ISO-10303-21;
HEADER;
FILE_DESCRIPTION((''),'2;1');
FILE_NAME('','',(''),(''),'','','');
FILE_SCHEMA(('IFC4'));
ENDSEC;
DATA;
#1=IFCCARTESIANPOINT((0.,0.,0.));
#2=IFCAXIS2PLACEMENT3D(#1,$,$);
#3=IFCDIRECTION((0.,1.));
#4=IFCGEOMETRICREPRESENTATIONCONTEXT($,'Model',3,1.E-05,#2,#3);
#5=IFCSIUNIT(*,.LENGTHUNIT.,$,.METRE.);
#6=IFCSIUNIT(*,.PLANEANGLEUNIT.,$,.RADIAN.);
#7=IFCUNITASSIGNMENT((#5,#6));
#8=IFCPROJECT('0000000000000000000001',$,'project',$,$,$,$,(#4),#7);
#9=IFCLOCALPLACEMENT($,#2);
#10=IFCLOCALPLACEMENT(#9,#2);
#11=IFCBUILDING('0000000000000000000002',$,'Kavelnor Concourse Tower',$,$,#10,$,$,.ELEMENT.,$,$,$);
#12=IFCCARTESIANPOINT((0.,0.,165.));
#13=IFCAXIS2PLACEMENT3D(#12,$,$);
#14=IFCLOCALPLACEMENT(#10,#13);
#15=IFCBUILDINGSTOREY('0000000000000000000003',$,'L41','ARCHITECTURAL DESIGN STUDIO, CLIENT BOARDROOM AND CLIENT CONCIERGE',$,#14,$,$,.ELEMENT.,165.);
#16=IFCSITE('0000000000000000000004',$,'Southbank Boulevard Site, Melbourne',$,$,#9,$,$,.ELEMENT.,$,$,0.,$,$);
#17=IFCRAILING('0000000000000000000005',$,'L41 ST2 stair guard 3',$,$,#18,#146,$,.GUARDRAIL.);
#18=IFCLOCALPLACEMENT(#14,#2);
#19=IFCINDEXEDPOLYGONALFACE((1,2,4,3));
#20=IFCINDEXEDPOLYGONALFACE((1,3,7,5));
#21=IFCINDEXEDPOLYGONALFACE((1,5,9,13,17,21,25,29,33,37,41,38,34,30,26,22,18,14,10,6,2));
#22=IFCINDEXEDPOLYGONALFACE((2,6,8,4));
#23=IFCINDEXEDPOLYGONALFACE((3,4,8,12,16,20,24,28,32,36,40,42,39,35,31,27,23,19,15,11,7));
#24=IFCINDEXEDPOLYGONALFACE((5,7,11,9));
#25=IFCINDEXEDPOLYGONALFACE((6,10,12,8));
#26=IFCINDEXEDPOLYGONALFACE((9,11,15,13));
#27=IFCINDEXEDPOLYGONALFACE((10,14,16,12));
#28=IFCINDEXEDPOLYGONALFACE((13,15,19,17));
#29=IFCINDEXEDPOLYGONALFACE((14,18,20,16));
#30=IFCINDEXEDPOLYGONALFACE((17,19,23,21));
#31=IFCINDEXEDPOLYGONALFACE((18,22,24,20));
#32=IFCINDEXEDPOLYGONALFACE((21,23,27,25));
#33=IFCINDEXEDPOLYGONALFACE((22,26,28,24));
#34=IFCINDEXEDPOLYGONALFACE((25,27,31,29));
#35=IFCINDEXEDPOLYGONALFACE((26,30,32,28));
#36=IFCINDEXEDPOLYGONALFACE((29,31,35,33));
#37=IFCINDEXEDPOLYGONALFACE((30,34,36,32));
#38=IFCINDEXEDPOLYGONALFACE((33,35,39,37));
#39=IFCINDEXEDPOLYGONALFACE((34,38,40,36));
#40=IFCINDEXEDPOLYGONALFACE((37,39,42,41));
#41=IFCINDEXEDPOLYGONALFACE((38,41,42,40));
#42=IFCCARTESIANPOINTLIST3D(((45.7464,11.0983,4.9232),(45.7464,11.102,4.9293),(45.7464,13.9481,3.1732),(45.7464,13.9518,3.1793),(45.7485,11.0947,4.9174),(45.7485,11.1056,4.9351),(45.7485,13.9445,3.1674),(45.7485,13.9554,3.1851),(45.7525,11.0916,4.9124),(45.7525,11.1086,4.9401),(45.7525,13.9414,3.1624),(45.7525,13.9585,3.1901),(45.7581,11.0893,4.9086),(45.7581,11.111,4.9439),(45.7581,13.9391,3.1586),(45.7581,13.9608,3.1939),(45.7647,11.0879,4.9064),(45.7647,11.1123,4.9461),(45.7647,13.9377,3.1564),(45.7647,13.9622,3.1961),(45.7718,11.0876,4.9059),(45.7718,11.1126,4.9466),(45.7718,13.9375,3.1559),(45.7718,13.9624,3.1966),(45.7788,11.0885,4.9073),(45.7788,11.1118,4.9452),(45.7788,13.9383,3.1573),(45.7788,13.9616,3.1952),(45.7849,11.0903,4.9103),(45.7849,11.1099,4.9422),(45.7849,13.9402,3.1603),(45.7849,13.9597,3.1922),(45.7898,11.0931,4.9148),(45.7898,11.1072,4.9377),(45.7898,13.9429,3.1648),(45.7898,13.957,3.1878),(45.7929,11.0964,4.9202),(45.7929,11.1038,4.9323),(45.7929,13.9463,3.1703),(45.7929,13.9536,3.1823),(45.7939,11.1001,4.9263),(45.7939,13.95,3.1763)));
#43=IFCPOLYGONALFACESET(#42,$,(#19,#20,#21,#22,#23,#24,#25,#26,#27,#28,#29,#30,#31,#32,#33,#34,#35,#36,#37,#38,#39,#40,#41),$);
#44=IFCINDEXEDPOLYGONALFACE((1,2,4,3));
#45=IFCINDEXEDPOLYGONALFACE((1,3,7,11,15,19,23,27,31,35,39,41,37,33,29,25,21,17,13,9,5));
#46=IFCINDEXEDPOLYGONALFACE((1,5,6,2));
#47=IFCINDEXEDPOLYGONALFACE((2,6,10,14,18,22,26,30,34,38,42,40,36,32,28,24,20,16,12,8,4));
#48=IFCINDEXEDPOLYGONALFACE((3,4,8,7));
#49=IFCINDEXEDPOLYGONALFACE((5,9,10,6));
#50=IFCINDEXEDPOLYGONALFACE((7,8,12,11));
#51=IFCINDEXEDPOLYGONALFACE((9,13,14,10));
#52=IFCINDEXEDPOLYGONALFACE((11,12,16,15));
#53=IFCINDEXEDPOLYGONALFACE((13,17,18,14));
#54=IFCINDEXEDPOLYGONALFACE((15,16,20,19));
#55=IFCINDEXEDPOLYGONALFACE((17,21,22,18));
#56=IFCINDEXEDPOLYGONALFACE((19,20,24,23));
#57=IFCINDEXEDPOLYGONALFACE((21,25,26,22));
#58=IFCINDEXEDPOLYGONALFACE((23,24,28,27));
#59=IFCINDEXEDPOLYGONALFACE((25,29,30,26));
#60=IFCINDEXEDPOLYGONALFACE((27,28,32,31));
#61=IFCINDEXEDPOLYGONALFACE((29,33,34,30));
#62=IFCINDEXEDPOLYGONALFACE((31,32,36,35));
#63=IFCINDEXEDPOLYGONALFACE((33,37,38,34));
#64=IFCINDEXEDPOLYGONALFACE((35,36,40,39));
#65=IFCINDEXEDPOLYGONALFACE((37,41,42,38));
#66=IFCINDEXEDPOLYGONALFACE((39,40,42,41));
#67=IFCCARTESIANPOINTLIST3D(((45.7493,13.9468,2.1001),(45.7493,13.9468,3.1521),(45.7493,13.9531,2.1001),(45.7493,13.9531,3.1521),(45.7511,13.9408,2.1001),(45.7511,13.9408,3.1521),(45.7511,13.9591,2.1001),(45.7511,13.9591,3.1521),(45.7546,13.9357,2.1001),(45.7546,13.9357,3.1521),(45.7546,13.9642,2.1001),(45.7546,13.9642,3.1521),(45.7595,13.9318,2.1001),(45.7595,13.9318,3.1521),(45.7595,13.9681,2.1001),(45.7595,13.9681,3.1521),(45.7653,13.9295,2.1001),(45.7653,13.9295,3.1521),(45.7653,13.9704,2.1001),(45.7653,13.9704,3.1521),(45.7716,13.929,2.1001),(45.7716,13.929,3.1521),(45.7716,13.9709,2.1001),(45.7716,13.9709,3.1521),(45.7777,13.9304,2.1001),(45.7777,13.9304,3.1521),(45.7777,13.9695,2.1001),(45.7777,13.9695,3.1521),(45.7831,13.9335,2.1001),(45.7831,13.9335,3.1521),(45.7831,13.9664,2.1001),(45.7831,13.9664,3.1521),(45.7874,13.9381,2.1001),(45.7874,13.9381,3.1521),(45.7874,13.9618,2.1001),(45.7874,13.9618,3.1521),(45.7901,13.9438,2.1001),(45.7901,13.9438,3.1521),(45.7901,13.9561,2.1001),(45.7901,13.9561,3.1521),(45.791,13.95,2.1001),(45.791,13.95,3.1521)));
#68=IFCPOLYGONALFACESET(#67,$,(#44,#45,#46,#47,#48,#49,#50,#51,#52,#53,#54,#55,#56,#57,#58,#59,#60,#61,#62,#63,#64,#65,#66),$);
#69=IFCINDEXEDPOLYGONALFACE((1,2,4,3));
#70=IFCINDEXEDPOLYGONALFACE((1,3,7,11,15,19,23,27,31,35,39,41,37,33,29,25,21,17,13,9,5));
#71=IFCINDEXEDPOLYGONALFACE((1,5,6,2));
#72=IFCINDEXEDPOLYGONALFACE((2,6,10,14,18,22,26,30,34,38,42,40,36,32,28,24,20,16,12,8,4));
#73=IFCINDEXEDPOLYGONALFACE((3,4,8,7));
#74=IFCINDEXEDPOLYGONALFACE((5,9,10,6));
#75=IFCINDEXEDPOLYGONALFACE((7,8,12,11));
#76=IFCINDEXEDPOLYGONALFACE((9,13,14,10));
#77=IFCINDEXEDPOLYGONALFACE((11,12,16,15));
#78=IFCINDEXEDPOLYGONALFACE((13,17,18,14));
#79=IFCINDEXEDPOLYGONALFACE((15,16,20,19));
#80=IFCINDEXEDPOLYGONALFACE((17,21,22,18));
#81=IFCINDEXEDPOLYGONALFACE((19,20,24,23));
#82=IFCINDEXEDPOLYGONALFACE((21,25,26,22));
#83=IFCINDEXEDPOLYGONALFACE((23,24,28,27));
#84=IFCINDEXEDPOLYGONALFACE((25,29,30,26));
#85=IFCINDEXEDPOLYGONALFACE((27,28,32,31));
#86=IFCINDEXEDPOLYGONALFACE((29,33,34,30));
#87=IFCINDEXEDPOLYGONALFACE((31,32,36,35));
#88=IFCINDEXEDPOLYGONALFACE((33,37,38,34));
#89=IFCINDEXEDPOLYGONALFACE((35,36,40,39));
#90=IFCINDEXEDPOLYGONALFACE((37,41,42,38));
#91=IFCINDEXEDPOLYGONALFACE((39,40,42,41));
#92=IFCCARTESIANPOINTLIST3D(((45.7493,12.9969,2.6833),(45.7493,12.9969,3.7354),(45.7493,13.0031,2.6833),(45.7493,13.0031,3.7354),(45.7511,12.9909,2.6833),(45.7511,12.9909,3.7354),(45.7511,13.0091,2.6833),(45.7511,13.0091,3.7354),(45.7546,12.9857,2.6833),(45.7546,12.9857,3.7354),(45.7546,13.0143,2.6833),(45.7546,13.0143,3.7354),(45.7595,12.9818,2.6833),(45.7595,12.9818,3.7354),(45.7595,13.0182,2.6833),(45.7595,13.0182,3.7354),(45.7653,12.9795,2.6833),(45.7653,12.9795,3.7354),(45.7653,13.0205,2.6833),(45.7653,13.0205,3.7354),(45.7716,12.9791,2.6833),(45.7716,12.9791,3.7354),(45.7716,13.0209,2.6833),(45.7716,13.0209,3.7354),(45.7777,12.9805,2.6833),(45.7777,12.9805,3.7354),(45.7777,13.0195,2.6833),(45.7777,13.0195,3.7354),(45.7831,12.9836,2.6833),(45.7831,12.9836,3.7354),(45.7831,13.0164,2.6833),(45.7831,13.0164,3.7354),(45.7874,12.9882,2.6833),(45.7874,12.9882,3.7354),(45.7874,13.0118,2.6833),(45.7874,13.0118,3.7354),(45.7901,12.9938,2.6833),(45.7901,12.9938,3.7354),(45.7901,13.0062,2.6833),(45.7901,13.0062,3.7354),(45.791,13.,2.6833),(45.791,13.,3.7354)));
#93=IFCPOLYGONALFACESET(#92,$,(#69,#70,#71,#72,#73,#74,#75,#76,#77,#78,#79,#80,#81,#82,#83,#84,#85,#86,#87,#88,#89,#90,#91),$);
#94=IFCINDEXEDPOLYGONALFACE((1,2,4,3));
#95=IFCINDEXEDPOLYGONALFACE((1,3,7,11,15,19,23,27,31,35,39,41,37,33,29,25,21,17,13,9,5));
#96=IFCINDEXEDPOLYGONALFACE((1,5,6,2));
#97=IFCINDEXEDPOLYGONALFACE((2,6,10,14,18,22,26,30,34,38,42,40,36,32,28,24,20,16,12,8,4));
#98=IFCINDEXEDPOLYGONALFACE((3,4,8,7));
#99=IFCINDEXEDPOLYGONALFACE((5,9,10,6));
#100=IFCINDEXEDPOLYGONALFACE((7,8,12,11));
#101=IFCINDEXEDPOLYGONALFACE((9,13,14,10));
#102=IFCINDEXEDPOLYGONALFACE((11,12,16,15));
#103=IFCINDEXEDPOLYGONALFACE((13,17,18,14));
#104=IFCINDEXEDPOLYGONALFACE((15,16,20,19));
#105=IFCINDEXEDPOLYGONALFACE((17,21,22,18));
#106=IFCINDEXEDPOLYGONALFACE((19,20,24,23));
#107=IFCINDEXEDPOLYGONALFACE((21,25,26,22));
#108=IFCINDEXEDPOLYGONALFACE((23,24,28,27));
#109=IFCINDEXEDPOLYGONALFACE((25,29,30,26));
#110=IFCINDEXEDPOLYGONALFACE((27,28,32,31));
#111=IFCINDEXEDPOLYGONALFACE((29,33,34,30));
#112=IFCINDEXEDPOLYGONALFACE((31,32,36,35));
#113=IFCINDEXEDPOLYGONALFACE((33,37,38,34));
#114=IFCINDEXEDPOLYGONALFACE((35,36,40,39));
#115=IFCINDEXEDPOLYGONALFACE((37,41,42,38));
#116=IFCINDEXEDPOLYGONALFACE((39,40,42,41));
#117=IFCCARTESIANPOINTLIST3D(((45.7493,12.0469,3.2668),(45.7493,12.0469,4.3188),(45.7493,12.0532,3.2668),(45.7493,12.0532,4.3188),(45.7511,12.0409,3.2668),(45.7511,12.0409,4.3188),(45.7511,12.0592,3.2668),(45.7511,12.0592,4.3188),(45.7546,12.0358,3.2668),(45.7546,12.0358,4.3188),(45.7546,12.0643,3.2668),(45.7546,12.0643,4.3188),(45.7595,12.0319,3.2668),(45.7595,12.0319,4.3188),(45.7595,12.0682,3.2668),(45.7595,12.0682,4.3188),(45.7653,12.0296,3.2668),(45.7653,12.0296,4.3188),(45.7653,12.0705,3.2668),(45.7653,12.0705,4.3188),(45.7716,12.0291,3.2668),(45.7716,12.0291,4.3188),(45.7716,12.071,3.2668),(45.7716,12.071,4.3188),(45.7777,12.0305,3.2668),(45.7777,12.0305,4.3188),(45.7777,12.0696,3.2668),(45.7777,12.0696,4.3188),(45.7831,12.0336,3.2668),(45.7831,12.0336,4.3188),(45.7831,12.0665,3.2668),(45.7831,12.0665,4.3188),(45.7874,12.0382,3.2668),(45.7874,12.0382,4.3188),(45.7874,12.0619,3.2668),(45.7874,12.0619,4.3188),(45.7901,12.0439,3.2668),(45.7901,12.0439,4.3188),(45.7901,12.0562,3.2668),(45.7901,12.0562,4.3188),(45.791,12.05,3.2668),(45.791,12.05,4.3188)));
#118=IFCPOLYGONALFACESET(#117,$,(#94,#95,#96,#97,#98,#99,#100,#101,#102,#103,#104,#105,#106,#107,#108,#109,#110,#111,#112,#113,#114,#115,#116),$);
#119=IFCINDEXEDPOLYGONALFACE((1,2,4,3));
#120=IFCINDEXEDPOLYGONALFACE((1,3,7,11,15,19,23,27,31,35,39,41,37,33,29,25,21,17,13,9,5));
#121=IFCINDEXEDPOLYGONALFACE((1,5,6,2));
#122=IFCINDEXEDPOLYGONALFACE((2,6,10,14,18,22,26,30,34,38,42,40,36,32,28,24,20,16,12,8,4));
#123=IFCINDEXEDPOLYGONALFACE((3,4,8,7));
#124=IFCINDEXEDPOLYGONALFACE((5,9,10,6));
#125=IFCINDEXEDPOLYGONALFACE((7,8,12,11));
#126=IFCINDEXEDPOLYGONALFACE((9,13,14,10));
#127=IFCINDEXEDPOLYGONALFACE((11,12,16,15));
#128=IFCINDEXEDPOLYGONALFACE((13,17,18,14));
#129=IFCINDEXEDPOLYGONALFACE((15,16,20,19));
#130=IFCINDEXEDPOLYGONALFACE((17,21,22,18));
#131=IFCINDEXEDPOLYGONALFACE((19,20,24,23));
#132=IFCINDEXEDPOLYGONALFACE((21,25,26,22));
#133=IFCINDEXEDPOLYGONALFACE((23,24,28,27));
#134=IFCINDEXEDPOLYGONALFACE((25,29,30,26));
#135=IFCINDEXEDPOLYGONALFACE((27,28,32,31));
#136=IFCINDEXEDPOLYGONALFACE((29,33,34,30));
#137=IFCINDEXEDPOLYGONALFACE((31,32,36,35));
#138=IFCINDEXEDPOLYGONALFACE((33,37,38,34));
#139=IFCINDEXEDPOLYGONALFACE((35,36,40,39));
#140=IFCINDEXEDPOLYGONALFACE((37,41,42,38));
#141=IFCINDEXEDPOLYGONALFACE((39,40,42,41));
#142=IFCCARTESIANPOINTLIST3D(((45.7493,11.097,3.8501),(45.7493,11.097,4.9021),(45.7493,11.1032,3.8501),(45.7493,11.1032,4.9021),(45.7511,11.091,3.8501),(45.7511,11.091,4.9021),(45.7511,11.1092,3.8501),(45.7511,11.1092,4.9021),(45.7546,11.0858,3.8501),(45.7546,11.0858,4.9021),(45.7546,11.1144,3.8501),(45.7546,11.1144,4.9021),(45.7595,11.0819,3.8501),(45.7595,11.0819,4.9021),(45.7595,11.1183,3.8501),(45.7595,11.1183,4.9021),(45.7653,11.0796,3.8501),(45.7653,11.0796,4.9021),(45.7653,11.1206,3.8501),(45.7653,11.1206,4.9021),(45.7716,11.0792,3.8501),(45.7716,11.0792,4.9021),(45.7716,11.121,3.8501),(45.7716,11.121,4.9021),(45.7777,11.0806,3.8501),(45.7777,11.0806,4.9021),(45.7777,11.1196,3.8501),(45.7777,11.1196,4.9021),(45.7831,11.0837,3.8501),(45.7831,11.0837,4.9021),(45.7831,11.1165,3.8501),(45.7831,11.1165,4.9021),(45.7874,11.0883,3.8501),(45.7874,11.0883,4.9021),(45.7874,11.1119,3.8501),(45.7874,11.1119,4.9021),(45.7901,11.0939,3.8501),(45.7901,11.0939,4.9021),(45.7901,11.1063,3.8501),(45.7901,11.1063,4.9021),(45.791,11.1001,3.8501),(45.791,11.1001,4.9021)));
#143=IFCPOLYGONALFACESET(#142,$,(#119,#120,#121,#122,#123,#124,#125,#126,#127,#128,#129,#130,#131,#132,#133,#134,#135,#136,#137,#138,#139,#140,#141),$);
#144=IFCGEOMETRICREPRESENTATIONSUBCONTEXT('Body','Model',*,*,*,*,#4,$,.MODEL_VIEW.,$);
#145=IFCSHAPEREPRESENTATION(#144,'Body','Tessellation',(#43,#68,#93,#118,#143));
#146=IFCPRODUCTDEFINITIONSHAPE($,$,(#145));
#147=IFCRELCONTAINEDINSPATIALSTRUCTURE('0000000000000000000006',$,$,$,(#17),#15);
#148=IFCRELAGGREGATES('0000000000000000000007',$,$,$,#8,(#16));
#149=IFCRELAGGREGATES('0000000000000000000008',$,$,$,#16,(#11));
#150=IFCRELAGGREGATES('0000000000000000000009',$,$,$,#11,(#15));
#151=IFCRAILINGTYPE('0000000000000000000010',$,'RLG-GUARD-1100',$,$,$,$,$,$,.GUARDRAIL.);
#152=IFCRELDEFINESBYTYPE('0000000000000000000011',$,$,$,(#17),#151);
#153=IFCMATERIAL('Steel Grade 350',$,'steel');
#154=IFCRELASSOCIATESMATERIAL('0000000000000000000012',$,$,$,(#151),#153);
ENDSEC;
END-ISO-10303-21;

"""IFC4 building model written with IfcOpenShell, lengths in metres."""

from ifc_helpers import new_model, si_unit, direction, frame, origin, origin_2d, place, context, subcontext, project, spatial, circle, extrude, material, type_object, element, save


model = new_model("IFC4")

# Units and contexts
model_context = context("Model", 3, precision=1e-05, world=origin(), true_north=direction((0.0, 1.0)))
body_context = subcontext(model_context, "Body", "Model", "MODEL_VIEW")
ifc_project = project(units=[si_unit("LENGTHUNIT", "METRE"), si_unit("PLANEANGLEUNIT", "RADIAN")], contexts=[model_context])

# Site, building, storey
site_placement = place(None, origin())
site = spatial("IfcSite", under=ifc_project, at=site_placement, Name="Southbank Boulevard Site, Melbourne", CompositionType="ELEMENT", RefElevation=0.0)
building_placement = place(site_placement, origin())
building = spatial("IfcBuilding", under=site, at=building_placement, Name="Kavelnor Concourse Tower", CompositionType="ELEMENT")
storey_placement = place(building_placement, frame((0.0, 0.0, 165.0)))
storey = spatial("IfcBuildingStorey", under=building, at=storey_placement, Name="L41", Description="ARCHITECTURAL DESIGN STUDIO, CLIENT BOARDROOM AND CLIENT CONCIERGE", CompositionType="ELEMENT", Elevation=165.0)

# Shared definitions
ifc_material_1 = material(Name="Steel Grade 350", Category="steel")

# Railing
railing_type_1 = type_object("IfcRailingType", Name="RLG-GUARD-1100", PredefinedType="GUARDRAIL", material=ifc_material_1)
railing_1_placement = place(storey_placement, frame((45.77, 13.95, 2.1001)))
element("IfcRailing", 1, at=railing_1_placement, inside=storey, type_object=railing_type_1, Name="L41 ST2 stair guard 3", PredefinedType="GUARDRAIL", context=body_context, shape_type="SweptSolid", body=[
    extrude(circle(Radius=0.0239, at=origin_2d()), frame((0.0, 0.0, 1.0762), z_axis=(0.0, -0.852159, 0.523283), x_axis=(1.0, 0.0, 0.0)), (0.0, 0.0, 1.0), 3.3442),
    extrude(circle(Radius=0.021, at=origin_2d()), origin(), (0.0, 0.0, 1.0), 1.052),
    extrude(circle(Radius=0.021, at=origin_2d()), frame((0.0, -0.95, 0.5833)), (0.0, 0.0, 1.0), 1.052),
    extrude(circle(Radius=0.021, at=origin_2d()), frame((0.0, -1.8999, 1.1667)), (0.0, 0.0, 1.0), 1.052),
    extrude(circle(Radius=0.021, at=origin_2d()), frame((0.0, -2.8499, 1.75)), (0.0, 0.0, 1.0), 1.052),
])

save(model, "model.ifc")
